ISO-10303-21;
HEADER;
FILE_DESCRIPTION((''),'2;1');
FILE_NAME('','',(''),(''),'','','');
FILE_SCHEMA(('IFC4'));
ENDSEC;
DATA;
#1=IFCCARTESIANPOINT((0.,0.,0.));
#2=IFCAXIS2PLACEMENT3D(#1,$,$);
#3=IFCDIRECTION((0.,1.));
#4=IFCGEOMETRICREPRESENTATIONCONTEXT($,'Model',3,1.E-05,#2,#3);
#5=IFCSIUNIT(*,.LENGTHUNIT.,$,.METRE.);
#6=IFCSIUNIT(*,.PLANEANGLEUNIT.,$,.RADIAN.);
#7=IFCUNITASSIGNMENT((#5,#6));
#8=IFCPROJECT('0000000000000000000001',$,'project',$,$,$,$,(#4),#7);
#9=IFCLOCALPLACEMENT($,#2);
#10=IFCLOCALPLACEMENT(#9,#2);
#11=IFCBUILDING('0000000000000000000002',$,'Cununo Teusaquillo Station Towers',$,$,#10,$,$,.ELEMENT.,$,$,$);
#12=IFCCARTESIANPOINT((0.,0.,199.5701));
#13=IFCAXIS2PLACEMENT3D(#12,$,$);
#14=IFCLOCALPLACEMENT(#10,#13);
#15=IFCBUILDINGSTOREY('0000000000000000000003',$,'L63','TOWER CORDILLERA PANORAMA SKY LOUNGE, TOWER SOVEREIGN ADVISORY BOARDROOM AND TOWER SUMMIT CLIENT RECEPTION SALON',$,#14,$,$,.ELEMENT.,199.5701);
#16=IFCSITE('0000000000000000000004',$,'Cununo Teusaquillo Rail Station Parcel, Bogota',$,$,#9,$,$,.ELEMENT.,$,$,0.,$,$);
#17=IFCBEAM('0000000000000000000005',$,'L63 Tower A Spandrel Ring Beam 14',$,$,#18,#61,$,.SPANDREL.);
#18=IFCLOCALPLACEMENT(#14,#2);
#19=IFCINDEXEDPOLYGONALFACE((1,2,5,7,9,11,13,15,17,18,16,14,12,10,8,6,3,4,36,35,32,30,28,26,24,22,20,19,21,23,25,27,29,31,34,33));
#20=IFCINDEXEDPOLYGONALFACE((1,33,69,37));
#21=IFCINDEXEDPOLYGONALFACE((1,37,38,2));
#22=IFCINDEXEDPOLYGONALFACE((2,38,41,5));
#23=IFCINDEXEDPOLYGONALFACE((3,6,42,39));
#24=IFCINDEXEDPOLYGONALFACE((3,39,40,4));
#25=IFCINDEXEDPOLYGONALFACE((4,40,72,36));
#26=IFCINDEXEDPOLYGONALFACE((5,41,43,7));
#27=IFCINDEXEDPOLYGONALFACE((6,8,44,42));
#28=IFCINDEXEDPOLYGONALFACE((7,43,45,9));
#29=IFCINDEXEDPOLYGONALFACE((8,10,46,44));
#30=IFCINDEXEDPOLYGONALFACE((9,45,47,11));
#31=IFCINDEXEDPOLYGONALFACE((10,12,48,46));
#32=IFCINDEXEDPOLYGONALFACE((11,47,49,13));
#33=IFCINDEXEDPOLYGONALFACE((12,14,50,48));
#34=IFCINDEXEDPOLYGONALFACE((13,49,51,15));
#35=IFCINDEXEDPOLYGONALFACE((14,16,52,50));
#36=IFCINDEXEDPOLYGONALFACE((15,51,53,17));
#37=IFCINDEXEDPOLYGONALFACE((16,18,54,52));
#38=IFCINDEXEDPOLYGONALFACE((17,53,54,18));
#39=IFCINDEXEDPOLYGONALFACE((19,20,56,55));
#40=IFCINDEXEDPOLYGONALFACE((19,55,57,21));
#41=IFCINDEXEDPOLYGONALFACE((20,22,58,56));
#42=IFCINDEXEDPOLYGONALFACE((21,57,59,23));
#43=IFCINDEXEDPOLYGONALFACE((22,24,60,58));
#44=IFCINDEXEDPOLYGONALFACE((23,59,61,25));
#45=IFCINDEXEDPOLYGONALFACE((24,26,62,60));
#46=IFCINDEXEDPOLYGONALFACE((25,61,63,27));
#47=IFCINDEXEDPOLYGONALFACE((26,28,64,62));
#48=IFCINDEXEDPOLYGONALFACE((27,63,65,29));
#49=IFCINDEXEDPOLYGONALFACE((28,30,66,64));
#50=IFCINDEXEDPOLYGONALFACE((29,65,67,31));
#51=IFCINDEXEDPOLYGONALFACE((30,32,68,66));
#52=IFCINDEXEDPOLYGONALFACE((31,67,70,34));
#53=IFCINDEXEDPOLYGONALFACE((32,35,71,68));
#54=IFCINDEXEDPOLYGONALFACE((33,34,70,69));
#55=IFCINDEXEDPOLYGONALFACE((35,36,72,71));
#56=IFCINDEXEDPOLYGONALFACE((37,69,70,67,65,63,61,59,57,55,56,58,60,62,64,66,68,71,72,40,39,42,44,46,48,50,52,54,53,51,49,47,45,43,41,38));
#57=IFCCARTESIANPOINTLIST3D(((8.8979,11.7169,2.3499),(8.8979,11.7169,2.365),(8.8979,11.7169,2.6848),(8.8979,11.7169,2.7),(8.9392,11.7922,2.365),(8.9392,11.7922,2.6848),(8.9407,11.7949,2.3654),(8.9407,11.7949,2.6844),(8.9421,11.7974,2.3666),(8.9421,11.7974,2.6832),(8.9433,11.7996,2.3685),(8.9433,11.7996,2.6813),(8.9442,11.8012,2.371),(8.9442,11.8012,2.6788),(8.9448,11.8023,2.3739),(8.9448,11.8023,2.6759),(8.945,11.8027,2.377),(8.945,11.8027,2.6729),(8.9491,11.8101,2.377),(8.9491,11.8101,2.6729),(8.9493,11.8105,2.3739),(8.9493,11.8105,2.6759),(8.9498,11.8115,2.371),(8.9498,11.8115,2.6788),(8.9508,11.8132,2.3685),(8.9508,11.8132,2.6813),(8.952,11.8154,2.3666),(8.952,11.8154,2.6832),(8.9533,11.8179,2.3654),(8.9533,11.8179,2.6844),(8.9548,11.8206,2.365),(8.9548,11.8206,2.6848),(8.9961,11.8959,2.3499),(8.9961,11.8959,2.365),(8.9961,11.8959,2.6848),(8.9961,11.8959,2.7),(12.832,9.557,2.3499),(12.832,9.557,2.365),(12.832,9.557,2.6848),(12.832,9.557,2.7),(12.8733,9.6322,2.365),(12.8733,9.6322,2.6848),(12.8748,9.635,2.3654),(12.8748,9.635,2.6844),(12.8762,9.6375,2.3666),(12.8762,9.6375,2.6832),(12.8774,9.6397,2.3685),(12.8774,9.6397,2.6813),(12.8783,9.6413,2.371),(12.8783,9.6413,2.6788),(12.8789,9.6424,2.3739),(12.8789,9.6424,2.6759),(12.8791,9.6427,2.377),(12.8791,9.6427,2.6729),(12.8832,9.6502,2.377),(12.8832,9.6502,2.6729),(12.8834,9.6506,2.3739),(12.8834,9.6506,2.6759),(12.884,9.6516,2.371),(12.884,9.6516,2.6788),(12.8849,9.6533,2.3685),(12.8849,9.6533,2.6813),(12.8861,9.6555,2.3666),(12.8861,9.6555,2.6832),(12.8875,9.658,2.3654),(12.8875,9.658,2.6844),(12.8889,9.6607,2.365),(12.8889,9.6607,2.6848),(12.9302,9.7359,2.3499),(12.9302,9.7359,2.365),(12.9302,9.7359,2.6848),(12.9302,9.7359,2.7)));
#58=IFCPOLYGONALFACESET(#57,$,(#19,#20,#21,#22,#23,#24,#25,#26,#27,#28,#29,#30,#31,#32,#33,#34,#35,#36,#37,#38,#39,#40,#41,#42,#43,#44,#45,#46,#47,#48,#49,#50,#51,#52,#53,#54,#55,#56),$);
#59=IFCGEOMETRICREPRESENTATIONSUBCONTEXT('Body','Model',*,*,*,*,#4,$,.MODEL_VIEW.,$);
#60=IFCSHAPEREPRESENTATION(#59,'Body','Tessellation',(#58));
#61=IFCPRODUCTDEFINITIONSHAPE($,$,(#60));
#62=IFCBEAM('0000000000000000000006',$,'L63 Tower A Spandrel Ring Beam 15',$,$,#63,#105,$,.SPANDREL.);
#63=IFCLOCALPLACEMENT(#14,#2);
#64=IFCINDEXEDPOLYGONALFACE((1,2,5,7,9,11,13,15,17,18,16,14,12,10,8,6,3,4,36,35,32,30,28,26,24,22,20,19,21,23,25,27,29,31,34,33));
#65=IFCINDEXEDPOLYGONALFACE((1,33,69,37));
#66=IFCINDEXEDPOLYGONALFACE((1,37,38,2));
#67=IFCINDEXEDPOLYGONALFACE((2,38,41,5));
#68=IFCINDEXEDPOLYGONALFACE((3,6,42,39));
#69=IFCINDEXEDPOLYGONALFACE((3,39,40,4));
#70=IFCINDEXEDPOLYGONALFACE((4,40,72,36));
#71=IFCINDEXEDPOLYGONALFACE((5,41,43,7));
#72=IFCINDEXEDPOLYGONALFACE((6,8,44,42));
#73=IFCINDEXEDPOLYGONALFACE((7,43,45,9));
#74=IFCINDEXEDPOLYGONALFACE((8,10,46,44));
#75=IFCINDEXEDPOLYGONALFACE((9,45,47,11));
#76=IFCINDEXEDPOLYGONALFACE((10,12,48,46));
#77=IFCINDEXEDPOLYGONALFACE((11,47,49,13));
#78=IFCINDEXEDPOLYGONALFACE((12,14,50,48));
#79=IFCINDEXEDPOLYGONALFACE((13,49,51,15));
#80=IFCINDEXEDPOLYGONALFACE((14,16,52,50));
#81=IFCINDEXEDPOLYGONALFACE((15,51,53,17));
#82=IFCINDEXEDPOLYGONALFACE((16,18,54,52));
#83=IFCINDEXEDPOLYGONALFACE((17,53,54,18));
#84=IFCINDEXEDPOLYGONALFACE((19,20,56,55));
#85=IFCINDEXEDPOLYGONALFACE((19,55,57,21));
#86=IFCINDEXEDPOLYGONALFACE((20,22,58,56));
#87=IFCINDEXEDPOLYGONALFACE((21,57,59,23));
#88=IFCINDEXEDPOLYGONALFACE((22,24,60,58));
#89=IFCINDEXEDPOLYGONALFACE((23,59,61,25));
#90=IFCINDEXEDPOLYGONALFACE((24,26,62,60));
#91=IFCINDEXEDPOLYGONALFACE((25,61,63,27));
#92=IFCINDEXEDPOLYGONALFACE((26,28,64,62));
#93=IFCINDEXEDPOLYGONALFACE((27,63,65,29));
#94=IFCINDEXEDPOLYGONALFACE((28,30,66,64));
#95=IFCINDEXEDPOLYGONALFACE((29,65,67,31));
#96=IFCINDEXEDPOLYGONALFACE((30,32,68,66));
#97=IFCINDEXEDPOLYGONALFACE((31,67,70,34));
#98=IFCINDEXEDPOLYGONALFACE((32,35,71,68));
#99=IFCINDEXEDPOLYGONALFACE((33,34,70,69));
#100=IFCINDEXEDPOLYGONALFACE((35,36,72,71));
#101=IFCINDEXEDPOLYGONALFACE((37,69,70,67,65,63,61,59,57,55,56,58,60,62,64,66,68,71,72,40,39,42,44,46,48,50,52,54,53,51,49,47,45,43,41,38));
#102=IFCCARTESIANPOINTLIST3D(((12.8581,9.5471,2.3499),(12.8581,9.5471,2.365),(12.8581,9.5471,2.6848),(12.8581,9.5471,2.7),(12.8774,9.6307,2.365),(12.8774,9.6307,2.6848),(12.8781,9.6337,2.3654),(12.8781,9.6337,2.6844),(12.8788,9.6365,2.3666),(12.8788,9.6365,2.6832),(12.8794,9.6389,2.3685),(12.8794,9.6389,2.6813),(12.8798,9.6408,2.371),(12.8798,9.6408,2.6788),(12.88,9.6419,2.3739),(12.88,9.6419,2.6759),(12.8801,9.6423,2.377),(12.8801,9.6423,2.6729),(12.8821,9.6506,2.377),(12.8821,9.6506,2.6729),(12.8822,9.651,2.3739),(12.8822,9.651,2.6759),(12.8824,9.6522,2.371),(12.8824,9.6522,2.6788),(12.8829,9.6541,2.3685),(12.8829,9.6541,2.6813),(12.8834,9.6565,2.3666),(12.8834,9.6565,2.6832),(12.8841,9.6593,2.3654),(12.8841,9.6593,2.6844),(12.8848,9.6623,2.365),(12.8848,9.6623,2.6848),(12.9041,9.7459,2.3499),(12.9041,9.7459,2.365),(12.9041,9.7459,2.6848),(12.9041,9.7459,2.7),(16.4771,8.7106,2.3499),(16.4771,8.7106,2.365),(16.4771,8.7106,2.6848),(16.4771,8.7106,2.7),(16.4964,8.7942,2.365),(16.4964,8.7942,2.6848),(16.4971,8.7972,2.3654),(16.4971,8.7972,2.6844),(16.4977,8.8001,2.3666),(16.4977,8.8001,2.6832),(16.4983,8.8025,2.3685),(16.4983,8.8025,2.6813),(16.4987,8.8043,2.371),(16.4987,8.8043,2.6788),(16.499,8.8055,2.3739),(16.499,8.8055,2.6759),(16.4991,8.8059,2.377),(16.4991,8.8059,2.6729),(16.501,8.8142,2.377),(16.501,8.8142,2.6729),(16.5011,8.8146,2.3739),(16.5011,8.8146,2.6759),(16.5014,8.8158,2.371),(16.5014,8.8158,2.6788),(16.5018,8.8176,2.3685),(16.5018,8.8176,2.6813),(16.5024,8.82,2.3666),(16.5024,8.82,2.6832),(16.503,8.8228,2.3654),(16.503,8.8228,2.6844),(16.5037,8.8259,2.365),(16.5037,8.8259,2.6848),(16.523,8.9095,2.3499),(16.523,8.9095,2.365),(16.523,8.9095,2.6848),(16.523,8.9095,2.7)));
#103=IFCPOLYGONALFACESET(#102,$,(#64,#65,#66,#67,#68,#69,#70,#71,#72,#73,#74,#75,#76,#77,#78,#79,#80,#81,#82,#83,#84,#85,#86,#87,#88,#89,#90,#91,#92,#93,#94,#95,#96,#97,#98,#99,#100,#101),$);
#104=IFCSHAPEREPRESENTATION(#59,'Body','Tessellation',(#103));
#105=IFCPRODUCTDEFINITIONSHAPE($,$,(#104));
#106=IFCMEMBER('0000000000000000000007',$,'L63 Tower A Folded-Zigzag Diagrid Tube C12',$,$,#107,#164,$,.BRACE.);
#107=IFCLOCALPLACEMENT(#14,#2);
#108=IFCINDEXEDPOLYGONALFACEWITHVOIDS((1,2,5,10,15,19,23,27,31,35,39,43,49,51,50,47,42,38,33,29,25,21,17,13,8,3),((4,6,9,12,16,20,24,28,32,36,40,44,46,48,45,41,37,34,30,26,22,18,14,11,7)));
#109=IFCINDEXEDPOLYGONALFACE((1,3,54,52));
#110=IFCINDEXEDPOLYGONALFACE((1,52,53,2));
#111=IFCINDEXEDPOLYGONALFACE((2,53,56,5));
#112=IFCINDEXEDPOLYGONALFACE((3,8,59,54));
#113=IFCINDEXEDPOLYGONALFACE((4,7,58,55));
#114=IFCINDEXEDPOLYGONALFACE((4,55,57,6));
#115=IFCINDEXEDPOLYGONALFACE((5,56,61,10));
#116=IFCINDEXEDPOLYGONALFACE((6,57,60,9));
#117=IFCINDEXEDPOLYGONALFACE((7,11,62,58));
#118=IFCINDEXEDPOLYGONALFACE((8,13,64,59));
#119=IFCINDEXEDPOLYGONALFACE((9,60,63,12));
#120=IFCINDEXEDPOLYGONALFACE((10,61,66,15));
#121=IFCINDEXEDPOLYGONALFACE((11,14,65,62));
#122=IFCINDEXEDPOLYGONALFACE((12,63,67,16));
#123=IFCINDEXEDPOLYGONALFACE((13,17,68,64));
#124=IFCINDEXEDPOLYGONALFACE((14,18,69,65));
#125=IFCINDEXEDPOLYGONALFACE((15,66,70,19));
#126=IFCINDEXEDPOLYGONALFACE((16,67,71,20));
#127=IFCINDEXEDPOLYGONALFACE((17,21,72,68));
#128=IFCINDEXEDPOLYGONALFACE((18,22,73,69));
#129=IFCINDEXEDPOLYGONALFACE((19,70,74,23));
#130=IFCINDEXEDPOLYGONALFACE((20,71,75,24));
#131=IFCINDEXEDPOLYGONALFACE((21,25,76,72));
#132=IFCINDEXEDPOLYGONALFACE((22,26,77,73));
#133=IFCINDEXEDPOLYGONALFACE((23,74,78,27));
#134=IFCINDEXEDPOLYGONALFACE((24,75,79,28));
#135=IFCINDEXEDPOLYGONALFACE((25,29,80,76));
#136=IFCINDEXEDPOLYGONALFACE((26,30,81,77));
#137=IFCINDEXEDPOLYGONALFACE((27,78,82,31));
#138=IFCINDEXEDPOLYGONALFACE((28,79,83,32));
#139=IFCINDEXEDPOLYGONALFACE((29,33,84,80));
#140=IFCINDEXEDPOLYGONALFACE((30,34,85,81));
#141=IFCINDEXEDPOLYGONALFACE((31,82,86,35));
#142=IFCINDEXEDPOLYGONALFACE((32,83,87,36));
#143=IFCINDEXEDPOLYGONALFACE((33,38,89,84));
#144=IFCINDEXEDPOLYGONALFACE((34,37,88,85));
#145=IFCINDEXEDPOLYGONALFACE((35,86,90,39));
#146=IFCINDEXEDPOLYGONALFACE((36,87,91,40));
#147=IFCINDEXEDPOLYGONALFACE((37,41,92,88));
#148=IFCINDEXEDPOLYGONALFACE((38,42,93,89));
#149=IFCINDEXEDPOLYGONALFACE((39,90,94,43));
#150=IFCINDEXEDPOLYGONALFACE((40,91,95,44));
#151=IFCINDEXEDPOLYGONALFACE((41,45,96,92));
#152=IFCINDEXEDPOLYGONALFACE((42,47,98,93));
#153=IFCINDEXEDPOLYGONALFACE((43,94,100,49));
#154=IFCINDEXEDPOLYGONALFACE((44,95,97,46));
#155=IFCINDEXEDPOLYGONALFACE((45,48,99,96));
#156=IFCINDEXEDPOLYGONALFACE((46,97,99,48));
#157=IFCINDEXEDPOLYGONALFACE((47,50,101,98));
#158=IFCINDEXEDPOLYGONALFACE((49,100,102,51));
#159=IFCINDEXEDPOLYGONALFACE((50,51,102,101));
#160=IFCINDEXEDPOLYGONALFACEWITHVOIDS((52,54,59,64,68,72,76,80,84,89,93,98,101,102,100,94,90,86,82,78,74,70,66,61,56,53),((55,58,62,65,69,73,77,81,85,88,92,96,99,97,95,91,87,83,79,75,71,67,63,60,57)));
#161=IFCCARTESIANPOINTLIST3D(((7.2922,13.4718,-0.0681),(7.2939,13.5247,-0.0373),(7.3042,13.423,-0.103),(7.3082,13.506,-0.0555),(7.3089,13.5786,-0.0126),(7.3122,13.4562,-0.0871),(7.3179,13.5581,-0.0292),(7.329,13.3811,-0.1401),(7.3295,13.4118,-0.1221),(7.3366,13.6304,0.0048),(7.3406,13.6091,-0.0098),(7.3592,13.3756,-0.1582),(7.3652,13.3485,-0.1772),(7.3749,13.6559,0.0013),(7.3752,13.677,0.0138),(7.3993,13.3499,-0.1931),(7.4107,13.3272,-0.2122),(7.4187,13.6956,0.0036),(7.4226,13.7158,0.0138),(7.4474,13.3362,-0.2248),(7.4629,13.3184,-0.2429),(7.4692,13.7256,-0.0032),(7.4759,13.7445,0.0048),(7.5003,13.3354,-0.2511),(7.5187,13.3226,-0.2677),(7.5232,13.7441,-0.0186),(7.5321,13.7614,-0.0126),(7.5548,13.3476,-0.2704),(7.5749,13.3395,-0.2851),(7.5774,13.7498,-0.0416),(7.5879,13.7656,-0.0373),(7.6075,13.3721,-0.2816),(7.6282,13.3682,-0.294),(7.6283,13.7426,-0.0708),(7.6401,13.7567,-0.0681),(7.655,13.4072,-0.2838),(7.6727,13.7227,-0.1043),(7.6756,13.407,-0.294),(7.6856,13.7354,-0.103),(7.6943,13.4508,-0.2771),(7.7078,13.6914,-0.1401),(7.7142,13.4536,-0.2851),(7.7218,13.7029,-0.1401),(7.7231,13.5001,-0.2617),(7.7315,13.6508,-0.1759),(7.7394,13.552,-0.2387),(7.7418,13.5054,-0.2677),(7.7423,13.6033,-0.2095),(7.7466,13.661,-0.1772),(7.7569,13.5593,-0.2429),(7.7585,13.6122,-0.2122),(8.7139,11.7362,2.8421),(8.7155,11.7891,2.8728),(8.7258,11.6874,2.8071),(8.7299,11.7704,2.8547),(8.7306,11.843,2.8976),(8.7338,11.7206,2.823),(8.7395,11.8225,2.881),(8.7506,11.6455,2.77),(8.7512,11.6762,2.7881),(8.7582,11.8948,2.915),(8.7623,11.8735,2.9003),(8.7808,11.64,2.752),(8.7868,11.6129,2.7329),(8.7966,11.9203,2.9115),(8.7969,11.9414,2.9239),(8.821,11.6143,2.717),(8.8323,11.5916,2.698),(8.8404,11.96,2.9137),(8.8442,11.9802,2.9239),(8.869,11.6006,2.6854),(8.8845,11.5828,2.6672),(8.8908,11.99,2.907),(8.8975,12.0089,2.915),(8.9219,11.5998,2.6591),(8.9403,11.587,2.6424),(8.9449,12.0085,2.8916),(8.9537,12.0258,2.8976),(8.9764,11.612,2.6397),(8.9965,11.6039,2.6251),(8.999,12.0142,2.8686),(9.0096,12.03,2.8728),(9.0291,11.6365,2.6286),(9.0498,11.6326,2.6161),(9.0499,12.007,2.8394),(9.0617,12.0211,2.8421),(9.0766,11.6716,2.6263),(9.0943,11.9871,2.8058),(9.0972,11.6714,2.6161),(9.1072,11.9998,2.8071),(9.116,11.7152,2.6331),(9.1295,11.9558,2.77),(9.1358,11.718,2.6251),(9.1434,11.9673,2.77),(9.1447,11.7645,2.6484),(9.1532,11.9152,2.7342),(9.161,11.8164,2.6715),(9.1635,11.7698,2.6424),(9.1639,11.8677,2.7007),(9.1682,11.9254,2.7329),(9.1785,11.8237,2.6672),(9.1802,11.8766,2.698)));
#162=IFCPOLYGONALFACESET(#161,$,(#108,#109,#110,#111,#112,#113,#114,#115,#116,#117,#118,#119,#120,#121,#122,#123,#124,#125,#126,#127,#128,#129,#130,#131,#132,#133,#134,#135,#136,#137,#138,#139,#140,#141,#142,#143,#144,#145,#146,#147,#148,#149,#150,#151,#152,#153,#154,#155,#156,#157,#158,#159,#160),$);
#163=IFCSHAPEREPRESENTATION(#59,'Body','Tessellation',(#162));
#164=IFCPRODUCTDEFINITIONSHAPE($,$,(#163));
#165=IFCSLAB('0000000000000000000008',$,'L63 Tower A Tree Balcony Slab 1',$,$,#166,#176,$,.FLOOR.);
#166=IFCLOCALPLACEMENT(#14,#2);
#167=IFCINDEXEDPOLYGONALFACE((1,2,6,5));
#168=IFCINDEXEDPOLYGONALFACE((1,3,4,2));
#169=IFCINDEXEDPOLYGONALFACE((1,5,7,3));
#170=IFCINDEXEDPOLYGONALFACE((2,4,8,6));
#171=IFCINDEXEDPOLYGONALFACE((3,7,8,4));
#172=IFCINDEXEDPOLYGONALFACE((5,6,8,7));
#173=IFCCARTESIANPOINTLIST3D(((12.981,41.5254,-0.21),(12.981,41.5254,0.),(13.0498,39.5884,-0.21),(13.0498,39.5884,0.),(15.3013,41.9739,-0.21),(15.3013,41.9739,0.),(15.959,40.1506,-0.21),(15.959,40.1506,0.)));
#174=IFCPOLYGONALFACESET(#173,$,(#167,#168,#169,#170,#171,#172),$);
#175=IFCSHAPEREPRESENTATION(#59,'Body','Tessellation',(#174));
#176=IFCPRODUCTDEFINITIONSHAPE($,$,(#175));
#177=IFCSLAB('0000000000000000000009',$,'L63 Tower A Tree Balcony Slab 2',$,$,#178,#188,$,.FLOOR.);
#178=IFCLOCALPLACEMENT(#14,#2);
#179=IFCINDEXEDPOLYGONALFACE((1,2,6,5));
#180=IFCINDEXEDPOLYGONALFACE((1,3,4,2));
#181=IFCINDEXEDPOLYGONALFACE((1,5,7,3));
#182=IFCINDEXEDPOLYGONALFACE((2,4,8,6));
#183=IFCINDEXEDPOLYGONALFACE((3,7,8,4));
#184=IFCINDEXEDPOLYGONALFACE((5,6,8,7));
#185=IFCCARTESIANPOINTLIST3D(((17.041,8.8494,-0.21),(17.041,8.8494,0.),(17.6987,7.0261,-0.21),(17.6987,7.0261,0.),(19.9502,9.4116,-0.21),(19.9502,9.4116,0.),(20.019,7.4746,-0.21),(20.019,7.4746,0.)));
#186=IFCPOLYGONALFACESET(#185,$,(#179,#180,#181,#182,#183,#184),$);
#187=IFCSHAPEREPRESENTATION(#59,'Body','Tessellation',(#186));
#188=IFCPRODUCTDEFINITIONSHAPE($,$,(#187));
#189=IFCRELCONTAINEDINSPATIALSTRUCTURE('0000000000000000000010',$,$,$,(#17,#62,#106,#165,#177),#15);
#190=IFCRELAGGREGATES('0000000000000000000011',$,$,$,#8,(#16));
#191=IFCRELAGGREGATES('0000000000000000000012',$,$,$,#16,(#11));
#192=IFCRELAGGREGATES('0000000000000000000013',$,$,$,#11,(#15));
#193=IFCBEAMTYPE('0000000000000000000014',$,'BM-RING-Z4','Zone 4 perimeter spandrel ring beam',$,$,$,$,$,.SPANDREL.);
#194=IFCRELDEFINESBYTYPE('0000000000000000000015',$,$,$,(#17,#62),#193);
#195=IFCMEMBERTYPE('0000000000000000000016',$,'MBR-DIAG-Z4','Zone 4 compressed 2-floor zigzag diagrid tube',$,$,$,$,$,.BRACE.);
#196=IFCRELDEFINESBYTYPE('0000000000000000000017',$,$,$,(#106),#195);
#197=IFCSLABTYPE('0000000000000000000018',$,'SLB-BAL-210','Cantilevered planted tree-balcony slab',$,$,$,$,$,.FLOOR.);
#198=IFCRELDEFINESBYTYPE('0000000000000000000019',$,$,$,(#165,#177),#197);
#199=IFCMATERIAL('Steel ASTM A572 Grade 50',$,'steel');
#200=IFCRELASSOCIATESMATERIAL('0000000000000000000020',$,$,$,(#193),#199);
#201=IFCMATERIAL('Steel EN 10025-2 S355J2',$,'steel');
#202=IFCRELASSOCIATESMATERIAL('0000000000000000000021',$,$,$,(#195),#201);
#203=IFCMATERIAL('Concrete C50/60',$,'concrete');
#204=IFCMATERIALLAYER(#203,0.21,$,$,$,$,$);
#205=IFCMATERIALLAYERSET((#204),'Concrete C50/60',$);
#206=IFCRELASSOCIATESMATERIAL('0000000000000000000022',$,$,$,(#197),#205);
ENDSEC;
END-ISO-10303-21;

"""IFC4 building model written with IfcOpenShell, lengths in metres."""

from ifc_helpers import new_model, si_unit, direction, frame, origin, origin_2d, place, context, subcontext, project, spatial, polyline, hollow_circle, i_section, outline, extrude, material, layer, layer_set, material_profile, profile_set, type_object, element, save


model = new_model("IFC4")

# Units and contexts
model_context = context("Model", 3, precision=1e-05, world=origin(), true_north=direction((0.0, 1.0)))
body_context = subcontext(model_context, "Body", "Model", "MODEL_VIEW")
ifc_project = project(units=[si_unit("LENGTHUNIT", "METRE"), si_unit("PLANEANGLEUNIT", "RADIAN")], contexts=[model_context])

# Site, building, storey
site_placement = place(None, origin())
site = spatial("IfcSite", under=ifc_project, at=site_placement, Name="Cununo Teusaquillo Rail Station Parcel, Bogota", CompositionType="ELEMENT", RefElevation=0.0)
building_placement = place(site_placement, origin())
building = spatial("IfcBuilding", under=site, at=building_placement, Name="Cununo Teusaquillo Station Towers", CompositionType="ELEMENT")
storey_placement = place(building_placement, frame((0.0, 0.0, 199.5701)))
storey = spatial("IfcBuildingStorey", under=building, at=storey_placement, Name="L63", Description="TOWER CORDILLERA PANORAMA SKY LOUNGE, TOWER SOVEREIGN ADVISORY BOARDROOM AND TOWER SUMMIT CLIENT RECEPTION SALON", CompositionType="ELEMENT", Elevation=199.5701)

# Beams
ifc_material_1 = material(Name="Steel ASTM A572 Grade 50", Category="steel")
ifc_material_profile_1 = material_profile(ifc_material_1, i_section(OverallWidth=0.2041, OverallDepth=0.3501, WebThickness=0.0085, FlangeThickness=0.0151, FilletRadius=0.012, at=origin_2d()), Name="W14X48")
ifc_profile_set_1 = profile_set([ifc_material_profile_1], Name="Steel ASTM A572 Grade 50")
beam_type = type_object("IfcBeamType", Name="BM-RING-Z4", Description="Zone 4 perimeter spandrel ring beam", PredefinedType="SPANDREL", material=ifc_profile_set_1)
beam_1_placement = place(storey_placement, frame((8.947, 11.8064, 2.5249), z_axis=(0.876576, -0.481263, 0.0), x_axis=(0.481263, 0.876576, 0.0)))
element("IfcBeam", 1, at=beam_1_placement, inside=storey, type_object=beam_type, Name="L63 Tower A Spandrel Ring Beam 14", PredefinedType="SPANDREL", context=body_context, shape_type="SweptSolid", body=[
    extrude(i_section(OverallWidth=0.2041, OverallDepth=0.3501, WebThickness=0.0085, FlangeThickness=0.0151, FilletRadius=0.012, at=origin_2d()), origin(), (0.0, 0.0, 1.0), 4.488),
])
beam_2_placement = place(storey_placement, frame((12.8811, 9.6465, 2.5249), z_axis=(0.974315, -0.225191, 0.0), x_axis=(0.225191, 0.974315, 0.0)))
element("IfcBeam", 2, at=beam_2_placement, inside=storey, type_object=beam_type, Name="L63 Tower A Spandrel Ring Beam 15", PredefinedType="SPANDREL", context=body_context, shape_type="SweptSolid", body=[
    extrude(i_section(OverallWidth=0.2041, OverallDepth=0.3501, WebThickness=0.0085, FlangeThickness=0.0151, FilletRadius=0.012, at=origin_2d()), origin(), (0.0, 0.0, 1.0), 3.7144),
])

# Member
ifc_material_2 = material(Name="Steel EN 10025-2 S355J2", Category="steel")
ifc_material_profile_2 = material_profile(ifc_material_2, hollow_circle(Radius=0.2539, WallThickness=0.0181, at=origin_2d()), Name="CHS 508x18")
ifc_profile_set_2 = profile_set([ifc_material_profile_2], Name="Steel EN 10025-2 S355J2")
member_type = type_object("IfcMemberType", Name="MBR-DIAG-Z4", Description="Zone 4 compressed 2-floor zigzag diagrid tube", PredefinedType="BRACE", material=ifc_profile_set_2)
member_placement = place(storey_placement, frame((7.5254, 13.542, -0.1401), z_axis=(0.386885, -0.472328, 0.791976), x_axis=(0.773608, 0.633664, 0.0)))
element("IfcMember", 3, at=member_placement, inside=storey, type_object=member_type, Name="L63 Tower A Folded-Zigzag Diagrid Tube C12", PredefinedType="BRACE", context=body_context, shape_type="SweptSolid", body=[
    extrude(hollow_circle(Radius=0.2539, WallThickness=0.0181, at=origin_2d()), origin(), (0.0, 0.0, 1.0), 3.6746),
])

# Slabs
ifc_material_3 = material(Name="Concrete C50/60", Category="concrete")
ifc_layer_1 = layer(ifc_material_3, 0.21)
ifc_layer_set_1 = layer_set([ifc_layer_1], Name="Concrete C50/60")
slab_type_1 = type_object("IfcSlabType", Name="SLB-BAL-210", Description="Cantilevered planted tree-balcony slab", PredefinedType="FLOOR", material=ifc_layer_set_1)
slab_1_placement = place(storey_placement, frame((0.0, 0.0, -0.21)))
element("IfcSlab", 4, at=slab_1_placement, inside=storey, type_object=slab_type_1, Name="L63 Tower A Tree Balcony Slab 1", PredefinedType="FLOOR", context=body_context, shape_type="SweptSolid", body=[
    extrude(outline(polyline([(15.959, 40.1506), (13.0498, 39.5884), (12.981, 41.5254), (15.3013, 41.9739), (15.959, 40.1506)])), origin(), (0.0, 0.0, 1.0), 0.21),
])
slab_2_placement = place(storey_placement, frame((0.0, 0.0, -0.21)))
element("IfcSlab", 5, at=slab_2_placement, inside=storey, type_object=slab_type_1, Name="L63 Tower A Tree Balcony Slab 2", PredefinedType="FLOOR", context=body_context, shape_type="SweptSolid", body=[
    extrude(outline(polyline([(17.041, 8.8494), (19.9502, 9.4116), (20.019, 7.4746), (17.6987, 7.0261), (17.041, 8.8494)])), origin(), (0.0, 0.0, 1.0), 0.21),
])

save(model, "model.ifc")
